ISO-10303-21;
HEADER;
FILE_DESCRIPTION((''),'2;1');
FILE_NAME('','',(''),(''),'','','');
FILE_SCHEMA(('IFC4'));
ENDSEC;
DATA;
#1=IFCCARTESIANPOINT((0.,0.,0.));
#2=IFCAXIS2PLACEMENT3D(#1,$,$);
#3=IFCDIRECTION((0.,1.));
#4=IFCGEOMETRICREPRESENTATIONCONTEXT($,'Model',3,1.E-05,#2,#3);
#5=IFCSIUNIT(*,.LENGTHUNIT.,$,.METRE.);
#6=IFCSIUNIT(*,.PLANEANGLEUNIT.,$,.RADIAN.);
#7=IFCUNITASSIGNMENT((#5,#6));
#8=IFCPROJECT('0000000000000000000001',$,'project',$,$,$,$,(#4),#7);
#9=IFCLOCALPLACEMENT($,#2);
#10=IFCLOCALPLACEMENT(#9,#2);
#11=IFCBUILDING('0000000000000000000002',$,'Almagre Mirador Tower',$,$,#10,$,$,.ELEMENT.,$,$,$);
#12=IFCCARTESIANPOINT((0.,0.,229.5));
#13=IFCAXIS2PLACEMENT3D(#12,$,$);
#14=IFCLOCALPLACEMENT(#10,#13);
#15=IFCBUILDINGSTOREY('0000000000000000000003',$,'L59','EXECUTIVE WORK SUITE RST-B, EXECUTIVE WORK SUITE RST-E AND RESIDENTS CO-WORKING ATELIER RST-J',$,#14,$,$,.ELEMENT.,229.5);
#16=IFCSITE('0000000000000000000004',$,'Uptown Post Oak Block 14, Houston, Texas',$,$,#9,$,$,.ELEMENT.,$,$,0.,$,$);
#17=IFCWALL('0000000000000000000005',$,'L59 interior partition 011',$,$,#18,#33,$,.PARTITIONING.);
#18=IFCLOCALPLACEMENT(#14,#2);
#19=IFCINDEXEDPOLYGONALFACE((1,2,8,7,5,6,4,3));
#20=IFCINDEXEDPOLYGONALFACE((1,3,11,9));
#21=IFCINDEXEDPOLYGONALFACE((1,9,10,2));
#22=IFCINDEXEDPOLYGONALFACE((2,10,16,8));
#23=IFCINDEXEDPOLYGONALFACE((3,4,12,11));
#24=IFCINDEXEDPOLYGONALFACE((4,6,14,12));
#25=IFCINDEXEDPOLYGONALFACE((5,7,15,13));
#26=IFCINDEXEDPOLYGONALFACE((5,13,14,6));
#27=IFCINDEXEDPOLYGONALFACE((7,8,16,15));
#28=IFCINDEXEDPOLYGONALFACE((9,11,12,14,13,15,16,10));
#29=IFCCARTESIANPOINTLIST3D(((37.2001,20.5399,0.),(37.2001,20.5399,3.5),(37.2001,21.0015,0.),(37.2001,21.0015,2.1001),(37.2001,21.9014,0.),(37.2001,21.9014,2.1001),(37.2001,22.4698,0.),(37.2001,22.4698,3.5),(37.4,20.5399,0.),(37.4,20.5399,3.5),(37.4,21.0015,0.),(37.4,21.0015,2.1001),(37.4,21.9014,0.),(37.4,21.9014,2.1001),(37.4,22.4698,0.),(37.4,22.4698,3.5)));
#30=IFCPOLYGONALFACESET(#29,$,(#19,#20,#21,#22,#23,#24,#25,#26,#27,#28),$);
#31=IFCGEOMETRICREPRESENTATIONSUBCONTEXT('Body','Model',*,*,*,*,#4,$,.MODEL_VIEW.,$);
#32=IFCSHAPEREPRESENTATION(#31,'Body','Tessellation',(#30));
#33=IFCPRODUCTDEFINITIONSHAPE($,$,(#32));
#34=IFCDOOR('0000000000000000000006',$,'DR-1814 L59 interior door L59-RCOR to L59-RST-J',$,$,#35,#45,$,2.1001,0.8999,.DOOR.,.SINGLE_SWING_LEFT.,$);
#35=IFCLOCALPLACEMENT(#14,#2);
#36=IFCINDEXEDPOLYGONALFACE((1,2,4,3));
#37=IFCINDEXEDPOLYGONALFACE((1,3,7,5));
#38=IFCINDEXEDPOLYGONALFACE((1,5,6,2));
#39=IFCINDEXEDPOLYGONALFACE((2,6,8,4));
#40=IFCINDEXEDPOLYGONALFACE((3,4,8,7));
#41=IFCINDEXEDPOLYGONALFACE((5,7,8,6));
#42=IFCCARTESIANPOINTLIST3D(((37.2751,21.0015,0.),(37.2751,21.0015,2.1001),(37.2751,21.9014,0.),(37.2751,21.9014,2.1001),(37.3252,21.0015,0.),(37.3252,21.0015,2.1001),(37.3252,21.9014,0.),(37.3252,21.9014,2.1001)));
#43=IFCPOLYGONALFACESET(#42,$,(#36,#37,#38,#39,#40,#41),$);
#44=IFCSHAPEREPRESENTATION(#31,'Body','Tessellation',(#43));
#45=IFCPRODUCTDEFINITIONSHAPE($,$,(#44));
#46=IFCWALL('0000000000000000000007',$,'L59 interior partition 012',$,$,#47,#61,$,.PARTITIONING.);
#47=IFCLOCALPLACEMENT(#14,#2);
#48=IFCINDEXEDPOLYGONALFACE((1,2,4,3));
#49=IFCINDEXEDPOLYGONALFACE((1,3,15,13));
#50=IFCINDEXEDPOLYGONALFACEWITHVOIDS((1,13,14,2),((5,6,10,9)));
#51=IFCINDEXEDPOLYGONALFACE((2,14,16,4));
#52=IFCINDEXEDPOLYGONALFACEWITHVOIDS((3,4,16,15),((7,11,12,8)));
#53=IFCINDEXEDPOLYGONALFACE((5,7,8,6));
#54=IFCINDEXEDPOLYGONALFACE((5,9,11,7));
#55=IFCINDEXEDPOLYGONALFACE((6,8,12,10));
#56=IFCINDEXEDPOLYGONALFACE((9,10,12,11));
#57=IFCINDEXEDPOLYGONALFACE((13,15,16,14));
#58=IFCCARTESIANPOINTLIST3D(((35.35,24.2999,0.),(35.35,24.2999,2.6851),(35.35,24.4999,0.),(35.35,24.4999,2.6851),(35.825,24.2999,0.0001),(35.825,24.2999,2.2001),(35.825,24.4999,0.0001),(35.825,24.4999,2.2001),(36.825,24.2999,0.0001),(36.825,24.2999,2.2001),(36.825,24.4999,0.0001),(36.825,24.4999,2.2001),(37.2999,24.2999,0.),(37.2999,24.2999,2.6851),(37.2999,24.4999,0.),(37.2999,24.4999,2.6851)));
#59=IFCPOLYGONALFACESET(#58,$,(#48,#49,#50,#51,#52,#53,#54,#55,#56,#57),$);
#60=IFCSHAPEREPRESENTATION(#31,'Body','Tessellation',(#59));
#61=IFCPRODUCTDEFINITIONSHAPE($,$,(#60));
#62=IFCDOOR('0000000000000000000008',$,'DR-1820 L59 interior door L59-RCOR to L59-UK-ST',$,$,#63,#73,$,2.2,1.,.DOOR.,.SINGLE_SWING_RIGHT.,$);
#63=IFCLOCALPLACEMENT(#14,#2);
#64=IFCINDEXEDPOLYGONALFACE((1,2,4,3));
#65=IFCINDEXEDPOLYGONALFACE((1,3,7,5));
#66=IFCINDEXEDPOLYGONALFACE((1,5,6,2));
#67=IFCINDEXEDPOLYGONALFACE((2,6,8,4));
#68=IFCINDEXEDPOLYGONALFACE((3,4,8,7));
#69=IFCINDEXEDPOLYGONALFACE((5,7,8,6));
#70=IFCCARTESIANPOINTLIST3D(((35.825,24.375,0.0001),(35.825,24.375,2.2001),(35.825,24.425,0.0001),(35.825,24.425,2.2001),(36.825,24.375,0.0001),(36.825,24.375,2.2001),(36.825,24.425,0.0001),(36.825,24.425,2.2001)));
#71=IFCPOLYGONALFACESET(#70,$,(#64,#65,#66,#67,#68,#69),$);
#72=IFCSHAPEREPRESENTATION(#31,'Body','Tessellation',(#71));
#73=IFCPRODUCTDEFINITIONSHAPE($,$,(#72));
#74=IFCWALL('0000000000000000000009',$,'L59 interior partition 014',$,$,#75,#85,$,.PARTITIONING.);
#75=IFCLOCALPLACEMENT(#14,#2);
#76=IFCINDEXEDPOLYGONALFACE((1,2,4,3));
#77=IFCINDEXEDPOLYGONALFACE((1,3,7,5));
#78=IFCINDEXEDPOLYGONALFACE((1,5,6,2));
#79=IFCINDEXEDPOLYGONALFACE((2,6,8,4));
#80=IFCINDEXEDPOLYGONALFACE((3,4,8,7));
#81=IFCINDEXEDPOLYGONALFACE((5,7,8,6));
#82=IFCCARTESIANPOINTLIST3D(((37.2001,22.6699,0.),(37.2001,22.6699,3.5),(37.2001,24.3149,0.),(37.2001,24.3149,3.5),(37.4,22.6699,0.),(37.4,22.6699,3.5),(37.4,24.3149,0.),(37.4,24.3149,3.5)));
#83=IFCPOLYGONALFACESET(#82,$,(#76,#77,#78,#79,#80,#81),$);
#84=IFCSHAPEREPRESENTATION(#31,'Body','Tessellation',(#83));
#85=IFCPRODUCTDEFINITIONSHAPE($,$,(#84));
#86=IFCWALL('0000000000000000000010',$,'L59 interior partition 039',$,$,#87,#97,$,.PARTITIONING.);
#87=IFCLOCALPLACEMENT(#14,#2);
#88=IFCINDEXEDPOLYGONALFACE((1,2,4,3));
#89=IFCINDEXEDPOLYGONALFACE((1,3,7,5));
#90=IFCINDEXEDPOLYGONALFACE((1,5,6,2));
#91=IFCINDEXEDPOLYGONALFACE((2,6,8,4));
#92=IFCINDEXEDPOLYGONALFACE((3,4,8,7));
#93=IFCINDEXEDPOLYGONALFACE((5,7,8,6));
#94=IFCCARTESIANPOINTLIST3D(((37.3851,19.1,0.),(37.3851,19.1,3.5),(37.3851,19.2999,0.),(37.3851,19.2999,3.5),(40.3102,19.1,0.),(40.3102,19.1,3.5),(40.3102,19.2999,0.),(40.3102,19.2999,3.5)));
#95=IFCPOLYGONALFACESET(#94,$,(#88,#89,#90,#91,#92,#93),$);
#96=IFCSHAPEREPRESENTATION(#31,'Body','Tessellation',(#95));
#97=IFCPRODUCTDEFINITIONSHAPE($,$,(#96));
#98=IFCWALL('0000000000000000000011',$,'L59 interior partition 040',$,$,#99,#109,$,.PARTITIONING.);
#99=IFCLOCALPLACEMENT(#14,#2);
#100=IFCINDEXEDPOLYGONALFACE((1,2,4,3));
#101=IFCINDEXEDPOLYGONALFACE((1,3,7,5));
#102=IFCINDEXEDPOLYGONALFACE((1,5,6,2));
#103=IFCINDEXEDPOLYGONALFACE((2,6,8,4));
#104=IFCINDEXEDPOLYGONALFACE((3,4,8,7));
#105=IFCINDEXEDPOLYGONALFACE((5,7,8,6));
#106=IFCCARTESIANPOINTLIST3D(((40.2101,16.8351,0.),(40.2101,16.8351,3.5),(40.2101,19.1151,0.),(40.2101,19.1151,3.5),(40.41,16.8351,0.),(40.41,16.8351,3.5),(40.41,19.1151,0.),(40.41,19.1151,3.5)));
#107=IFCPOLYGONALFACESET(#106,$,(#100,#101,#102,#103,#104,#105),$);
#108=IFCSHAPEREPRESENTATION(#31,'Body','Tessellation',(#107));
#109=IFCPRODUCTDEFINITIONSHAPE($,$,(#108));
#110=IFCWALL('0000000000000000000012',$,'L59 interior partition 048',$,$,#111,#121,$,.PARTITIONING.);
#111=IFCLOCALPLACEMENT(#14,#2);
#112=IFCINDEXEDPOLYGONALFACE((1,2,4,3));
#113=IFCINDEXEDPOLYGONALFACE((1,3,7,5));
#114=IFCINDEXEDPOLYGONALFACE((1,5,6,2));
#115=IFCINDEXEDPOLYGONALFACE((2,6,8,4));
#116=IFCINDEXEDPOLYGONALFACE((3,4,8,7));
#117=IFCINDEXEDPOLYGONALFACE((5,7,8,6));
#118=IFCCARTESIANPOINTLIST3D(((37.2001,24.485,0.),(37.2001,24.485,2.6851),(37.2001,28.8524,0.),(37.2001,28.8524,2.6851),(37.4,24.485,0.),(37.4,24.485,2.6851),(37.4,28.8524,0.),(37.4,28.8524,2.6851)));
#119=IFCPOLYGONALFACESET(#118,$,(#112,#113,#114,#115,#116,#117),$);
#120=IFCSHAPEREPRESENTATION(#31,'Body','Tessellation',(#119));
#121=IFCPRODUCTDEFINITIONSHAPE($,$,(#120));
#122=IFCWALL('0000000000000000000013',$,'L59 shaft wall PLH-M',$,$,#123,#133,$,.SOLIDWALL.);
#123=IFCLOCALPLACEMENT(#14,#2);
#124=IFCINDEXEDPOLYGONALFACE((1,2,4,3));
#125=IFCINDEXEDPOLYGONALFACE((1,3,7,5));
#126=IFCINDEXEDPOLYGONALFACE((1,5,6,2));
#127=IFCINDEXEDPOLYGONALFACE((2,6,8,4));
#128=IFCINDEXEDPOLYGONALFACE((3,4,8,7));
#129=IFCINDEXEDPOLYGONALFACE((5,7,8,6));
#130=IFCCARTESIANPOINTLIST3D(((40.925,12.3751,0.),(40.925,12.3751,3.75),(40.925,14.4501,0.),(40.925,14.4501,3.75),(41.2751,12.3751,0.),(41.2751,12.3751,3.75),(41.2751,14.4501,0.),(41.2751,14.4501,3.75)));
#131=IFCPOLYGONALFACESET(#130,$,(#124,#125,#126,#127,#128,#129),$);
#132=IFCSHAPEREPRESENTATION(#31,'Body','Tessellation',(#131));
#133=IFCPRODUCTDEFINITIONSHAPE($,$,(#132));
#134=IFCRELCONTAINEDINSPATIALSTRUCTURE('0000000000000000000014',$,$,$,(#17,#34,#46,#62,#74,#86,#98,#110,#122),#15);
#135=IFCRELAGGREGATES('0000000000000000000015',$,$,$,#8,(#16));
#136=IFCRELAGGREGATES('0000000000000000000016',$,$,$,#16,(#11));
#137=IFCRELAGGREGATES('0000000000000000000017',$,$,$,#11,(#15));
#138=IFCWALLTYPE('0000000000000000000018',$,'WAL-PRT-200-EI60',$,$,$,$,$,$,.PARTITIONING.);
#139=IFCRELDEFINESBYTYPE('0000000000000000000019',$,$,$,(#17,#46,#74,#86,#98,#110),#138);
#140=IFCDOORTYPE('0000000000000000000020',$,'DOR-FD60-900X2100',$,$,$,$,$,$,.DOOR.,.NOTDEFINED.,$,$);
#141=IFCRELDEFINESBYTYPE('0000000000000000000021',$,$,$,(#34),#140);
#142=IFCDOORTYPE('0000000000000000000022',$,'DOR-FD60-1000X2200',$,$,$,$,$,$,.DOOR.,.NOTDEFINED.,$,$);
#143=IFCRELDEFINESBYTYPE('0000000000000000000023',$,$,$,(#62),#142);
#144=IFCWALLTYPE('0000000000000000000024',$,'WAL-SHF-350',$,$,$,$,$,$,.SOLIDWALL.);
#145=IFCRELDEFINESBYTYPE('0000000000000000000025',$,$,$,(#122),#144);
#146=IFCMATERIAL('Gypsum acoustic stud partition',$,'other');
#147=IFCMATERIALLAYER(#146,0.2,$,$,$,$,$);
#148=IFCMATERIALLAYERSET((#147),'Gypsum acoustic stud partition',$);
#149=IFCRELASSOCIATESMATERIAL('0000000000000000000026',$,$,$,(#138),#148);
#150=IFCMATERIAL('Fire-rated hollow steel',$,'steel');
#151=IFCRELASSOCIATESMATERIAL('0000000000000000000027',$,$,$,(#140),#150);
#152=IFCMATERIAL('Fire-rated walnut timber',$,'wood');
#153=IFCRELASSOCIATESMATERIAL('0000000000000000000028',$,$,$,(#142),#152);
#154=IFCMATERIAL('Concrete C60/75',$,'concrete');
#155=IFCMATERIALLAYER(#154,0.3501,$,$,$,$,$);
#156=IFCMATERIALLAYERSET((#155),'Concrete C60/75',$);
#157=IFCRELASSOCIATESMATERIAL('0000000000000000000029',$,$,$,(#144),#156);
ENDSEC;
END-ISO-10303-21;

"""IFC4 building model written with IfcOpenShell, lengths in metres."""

from ifc_helpers import new_model, si_unit, direction, frame, frame_2d, origin, place, context, subcontext, project, spatial, rectangle, extrude, material, layer, layer_set, type_object, element, fill, save


model = new_model("IFC4")

# Units and contexts
model_context = context("Model", 3, precision=1e-05, world=origin(), true_north=direction((0.0, 1.0)))
body_context = subcontext(model_context, "Body", "Model", "MODEL_VIEW")
ifc_project = project(units=[si_unit("LENGTHUNIT", "METRE"), si_unit("PLANEANGLEUNIT", "RADIAN")], contexts=[model_context])

# Site, building, storey
site_placement = place(None, origin())
site = spatial("IfcSite", under=ifc_project, at=site_placement, Name="Uptown Post Oak Block 14, Houston, Texas", CompositionType="ELEMENT", RefElevation=0.0)
building_placement = place(site_placement, origin())
building = spatial("IfcBuilding", under=site, at=building_placement, Name="Almagre Mirador Tower", CompositionType="ELEMENT")
storey_placement = place(building_placement, frame((0.0, 0.0, 229.5)))
storey = spatial("IfcBuildingStorey", under=building, at=storey_placement, Name="L59", Description="EXECUTIVE WORK SUITE RST-B, EXECUTIVE WORK SUITE RST-E AND RESIDENTS CO-WORKING ATELIER RST-J", CompositionType="ELEMENT", Elevation=229.5)

# Shared definitions
ifc_material_1 = material(Name="Gypsum acoustic stud partition", Category="other")
ifc_layer_1 = layer(ifc_material_1, 0.2)
ifc_layer_set_1 = layer_set([ifc_layer_1], Name="Gypsum acoustic stud partition")
wall_type_1 = type_object("IfcWallType", Name="WAL-PRT-200-EI60", PredefinedType="PARTITIONING", material=ifc_layer_set_1)
ifc_material_2 = material(Name="Fire-rated hollow steel", Category="steel")
door_type_1 = type_object("IfcDoorType", Name="DOR-FD60-900X2100", OperationType="NOTDEFINED", PredefinedType="DOOR", material=ifc_material_2)

# Walls, openings, doors
wall_1_placement = place(storey_placement, frame((37.3, 20.54, 0.0), z_axis=(0.0, 0.0, 1.0), x_axis=(0.0, 1.0, 0.0)))
wall_1 = element("IfcWall", 1, at=wall_1_placement, inside=storey, type_object=wall_type_1, Name="L59 interior partition 011", PredefinedType="PARTITIONING", context=body_context, shape_type="SweptSolid", body=[
    extrude(rectangle(XDim=1.9299, YDim=0.2, at=frame_2d((0.9648, 0.0))), origin(), (0.0, 0.0, 1.0), 3.5),
])
opening_1_placement = place(wall_1_placement, frame((0.4614, 0.0, 0.0)))
opening_1 = element("IfcOpeningElement", 2, at=opening_1_placement, cuts=wall_1, PredefinedType="OPENING", context=body_context, shape_type="SweptSolid", body=[
    extrude(rectangle(XDim=0.8999, YDim=2.1001, at=frame_2d((0.45, 1.05))), frame((0.0, 0.1101, 0.0), z_axis=(0.0, -1.0, 0.0), x_axis=(1.0, 0.0, 0.0)), (0.0, 0.0, 1.0), 0.22),
])
door_1_placement = place(opening_1_placement, origin())
door_1 = element("IfcDoor", 3, at=door_1_placement, inside=storey, type_object=door_type_1, Name="DR-1814 L59 interior door L59-RCOR to L59-RST-J", OperationType="SINGLE_SWING_LEFT", OverallHeight=2.1001, OverallWidth=0.8999, PredefinedType="DOOR", context=body_context, shape_type="SweptSolid", body=[
    extrude(rectangle(XDim=0.8999, YDim=2.1001, at=frame_2d((0.45, 1.05))), frame((0.0, 0.0249, 0.0), z_axis=(0.0, -1.0, 0.0), x_axis=(1.0, 0.0, 0.0)), (0.0, 0.0, 1.0), 0.05),
])
fill(opening_1, door_1)
wall_2_placement = place(storey_placement, frame((37.3, 24.3999, 0.0), z_axis=(0.0, 0.0, 1.0), x_axis=(-1.0, 0.0, 0.0)))
wall_2 = element("IfcWall", 4, at=wall_2_placement, inside=storey, type_object=wall_type_1, Name="L59 interior partition 012", PredefinedType="PARTITIONING", context=body_context, shape_type="SweptSolid", body=[
    extrude(rectangle(XDim=1.95, YDim=0.2, at=frame_2d((0.9751, 0.0))), origin(), (0.0, 0.0, 1.0), 2.6851),
])
opening_2_placement = place(wall_2_placement, frame((0.4751, 0.0, 0.0)))
opening_2 = element("IfcOpeningElement", 5, at=opening_2_placement, cuts=wall_2, PredefinedType="OPENING", context=body_context, shape_type="SweptSolid", body=[
    extrude(rectangle(XDim=1.0, YDim=2.2, at=frame_2d((0.5, 1.1001))), frame((0.0, 0.1101, 0.0), z_axis=(0.0, -1.0, 0.0), x_axis=(1.0, 0.0, 0.0)), (0.0, 0.0, 1.0), 0.22),
])
ifc_material_3 = material(Name="Fire-rated walnut timber", Category="wood")
door_type_2 = type_object("IfcDoorType", Name="DOR-FD60-1000X2200", OperationType="NOTDEFINED", PredefinedType="DOOR", material=ifc_material_3)
door_2_placement = place(opening_2_placement, origin())
door_2 = element("IfcDoor", 6, at=door_2_placement, inside=storey, type_object=door_type_2, Name="DR-1820 L59 interior door L59-RCOR to L59-UK-ST", OperationType="SINGLE_SWING_RIGHT", OverallHeight=2.2, OverallWidth=1.0, PredefinedType="DOOR", context=body_context, shape_type="SweptSolid", body=[
    extrude(rectangle(XDim=1.0, YDim=2.2, at=frame_2d((0.5, 1.1001))), frame((0.0, 0.0249, 0.0), z_axis=(0.0, -1.0, 0.0), x_axis=(1.0, 0.0, 0.0)), (0.0, 0.0, 1.0), 0.05),
])
fill(opening_2, door_2)

# Walls
wall_3_placement = place(storey_placement, frame((37.3, 22.6699, 0.0), z_axis=(0.0, 0.0, 1.0), x_axis=(0.0, 1.0, 0.0)))
element("IfcWall", 7, at=wall_3_placement, inside=storey, type_object=wall_type_1, Name="L59 interior partition 014", PredefinedType="PARTITIONING", context=body_context, shape_type="SweptSolid", body=[
    extrude(rectangle(XDim=1.645, YDim=0.2, at=frame_2d((0.8225, 0.0))), origin(), (0.0, 0.0, 1.0), 3.5),
])
wall_4_placement = place(storey_placement, frame((40.3101, 19.2, 0.0), z_axis=(0.0, 0.0, 1.0), x_axis=(-1.0, 0.0, 0.0)))
element("IfcWall", 8, at=wall_4_placement, inside=storey, type_object=wall_type_1, Name="L59 interior partition 039", PredefinedType="PARTITIONING", context=body_context, shape_type="SweptSolid", body=[
    extrude(rectangle(XDim=2.925, YDim=0.2, at=frame_2d((1.4624, 0.0))), origin(), (0.0, 0.0, 1.0), 3.5),
])
wall_5_placement = place(storey_placement, frame((40.3101, 16.835, 0.0), z_axis=(0.0, 0.0, 1.0), x_axis=(0.0, 1.0, 0.0)))
element("IfcWall", 9, at=wall_5_placement, inside=storey, type_object=wall_type_1, Name="L59 interior partition 040", PredefinedType="PARTITIONING", context=body_context, shape_type="SweptSolid", body=[
    extrude(rectangle(XDim=2.28, YDim=0.2, at=frame_2d((1.1401, 0.0))), origin(), (0.0, 0.0, 1.0), 3.5),
])
wall_6_placement = place(storey_placement, frame((37.3, 24.4851, 0.0), z_axis=(0.0, 0.0, 1.0), x_axis=(0.0, 1.0, 0.0)))
element("IfcWall", 10, at=wall_6_placement, inside=storey, type_object=wall_type_1, Name="L59 interior partition 048", PredefinedType="PARTITIONING", context=body_context, shape_type="SweptSolid", body=[
    extrude(rectangle(XDim=4.3674, YDim=0.2, at=frame_2d((2.1836, 0.0))), origin(), (0.0, 0.0, 1.0), 2.6851),
])
ifc_material_4 = material(Name="Concrete C60/75", Category="concrete")
ifc_layer_2 = layer(ifc_material_4, 0.3501)
ifc_layer_set_2 = layer_set([ifc_layer_2], Name="Concrete C60/75")
wall_type_2 = type_object("IfcWallType", Name="WAL-SHF-350", PredefinedType="SOLIDWALL", material=ifc_layer_set_2)
wall_7_placement = place(storey_placement, frame((41.1001, 12.375, 0.0), z_axis=(0.0, 0.0, 1.0), x_axis=(0.0, 1.0, 0.0)))
element("IfcWall", 11, at=wall_7_placement, inside=storey, type_object=wall_type_2, Name="L59 shaft wall PLH-M", PredefinedType="SOLIDWALL", context=body_context, shape_type="SweptSolid", body=[
    extrude(rectangle(XDim=2.075, YDim=0.3501, at=frame_2d((1.0376, 0.0))), origin(), (0.0, 0.0, 1.0), 3.75),
])

save(model, "model.ifc")
